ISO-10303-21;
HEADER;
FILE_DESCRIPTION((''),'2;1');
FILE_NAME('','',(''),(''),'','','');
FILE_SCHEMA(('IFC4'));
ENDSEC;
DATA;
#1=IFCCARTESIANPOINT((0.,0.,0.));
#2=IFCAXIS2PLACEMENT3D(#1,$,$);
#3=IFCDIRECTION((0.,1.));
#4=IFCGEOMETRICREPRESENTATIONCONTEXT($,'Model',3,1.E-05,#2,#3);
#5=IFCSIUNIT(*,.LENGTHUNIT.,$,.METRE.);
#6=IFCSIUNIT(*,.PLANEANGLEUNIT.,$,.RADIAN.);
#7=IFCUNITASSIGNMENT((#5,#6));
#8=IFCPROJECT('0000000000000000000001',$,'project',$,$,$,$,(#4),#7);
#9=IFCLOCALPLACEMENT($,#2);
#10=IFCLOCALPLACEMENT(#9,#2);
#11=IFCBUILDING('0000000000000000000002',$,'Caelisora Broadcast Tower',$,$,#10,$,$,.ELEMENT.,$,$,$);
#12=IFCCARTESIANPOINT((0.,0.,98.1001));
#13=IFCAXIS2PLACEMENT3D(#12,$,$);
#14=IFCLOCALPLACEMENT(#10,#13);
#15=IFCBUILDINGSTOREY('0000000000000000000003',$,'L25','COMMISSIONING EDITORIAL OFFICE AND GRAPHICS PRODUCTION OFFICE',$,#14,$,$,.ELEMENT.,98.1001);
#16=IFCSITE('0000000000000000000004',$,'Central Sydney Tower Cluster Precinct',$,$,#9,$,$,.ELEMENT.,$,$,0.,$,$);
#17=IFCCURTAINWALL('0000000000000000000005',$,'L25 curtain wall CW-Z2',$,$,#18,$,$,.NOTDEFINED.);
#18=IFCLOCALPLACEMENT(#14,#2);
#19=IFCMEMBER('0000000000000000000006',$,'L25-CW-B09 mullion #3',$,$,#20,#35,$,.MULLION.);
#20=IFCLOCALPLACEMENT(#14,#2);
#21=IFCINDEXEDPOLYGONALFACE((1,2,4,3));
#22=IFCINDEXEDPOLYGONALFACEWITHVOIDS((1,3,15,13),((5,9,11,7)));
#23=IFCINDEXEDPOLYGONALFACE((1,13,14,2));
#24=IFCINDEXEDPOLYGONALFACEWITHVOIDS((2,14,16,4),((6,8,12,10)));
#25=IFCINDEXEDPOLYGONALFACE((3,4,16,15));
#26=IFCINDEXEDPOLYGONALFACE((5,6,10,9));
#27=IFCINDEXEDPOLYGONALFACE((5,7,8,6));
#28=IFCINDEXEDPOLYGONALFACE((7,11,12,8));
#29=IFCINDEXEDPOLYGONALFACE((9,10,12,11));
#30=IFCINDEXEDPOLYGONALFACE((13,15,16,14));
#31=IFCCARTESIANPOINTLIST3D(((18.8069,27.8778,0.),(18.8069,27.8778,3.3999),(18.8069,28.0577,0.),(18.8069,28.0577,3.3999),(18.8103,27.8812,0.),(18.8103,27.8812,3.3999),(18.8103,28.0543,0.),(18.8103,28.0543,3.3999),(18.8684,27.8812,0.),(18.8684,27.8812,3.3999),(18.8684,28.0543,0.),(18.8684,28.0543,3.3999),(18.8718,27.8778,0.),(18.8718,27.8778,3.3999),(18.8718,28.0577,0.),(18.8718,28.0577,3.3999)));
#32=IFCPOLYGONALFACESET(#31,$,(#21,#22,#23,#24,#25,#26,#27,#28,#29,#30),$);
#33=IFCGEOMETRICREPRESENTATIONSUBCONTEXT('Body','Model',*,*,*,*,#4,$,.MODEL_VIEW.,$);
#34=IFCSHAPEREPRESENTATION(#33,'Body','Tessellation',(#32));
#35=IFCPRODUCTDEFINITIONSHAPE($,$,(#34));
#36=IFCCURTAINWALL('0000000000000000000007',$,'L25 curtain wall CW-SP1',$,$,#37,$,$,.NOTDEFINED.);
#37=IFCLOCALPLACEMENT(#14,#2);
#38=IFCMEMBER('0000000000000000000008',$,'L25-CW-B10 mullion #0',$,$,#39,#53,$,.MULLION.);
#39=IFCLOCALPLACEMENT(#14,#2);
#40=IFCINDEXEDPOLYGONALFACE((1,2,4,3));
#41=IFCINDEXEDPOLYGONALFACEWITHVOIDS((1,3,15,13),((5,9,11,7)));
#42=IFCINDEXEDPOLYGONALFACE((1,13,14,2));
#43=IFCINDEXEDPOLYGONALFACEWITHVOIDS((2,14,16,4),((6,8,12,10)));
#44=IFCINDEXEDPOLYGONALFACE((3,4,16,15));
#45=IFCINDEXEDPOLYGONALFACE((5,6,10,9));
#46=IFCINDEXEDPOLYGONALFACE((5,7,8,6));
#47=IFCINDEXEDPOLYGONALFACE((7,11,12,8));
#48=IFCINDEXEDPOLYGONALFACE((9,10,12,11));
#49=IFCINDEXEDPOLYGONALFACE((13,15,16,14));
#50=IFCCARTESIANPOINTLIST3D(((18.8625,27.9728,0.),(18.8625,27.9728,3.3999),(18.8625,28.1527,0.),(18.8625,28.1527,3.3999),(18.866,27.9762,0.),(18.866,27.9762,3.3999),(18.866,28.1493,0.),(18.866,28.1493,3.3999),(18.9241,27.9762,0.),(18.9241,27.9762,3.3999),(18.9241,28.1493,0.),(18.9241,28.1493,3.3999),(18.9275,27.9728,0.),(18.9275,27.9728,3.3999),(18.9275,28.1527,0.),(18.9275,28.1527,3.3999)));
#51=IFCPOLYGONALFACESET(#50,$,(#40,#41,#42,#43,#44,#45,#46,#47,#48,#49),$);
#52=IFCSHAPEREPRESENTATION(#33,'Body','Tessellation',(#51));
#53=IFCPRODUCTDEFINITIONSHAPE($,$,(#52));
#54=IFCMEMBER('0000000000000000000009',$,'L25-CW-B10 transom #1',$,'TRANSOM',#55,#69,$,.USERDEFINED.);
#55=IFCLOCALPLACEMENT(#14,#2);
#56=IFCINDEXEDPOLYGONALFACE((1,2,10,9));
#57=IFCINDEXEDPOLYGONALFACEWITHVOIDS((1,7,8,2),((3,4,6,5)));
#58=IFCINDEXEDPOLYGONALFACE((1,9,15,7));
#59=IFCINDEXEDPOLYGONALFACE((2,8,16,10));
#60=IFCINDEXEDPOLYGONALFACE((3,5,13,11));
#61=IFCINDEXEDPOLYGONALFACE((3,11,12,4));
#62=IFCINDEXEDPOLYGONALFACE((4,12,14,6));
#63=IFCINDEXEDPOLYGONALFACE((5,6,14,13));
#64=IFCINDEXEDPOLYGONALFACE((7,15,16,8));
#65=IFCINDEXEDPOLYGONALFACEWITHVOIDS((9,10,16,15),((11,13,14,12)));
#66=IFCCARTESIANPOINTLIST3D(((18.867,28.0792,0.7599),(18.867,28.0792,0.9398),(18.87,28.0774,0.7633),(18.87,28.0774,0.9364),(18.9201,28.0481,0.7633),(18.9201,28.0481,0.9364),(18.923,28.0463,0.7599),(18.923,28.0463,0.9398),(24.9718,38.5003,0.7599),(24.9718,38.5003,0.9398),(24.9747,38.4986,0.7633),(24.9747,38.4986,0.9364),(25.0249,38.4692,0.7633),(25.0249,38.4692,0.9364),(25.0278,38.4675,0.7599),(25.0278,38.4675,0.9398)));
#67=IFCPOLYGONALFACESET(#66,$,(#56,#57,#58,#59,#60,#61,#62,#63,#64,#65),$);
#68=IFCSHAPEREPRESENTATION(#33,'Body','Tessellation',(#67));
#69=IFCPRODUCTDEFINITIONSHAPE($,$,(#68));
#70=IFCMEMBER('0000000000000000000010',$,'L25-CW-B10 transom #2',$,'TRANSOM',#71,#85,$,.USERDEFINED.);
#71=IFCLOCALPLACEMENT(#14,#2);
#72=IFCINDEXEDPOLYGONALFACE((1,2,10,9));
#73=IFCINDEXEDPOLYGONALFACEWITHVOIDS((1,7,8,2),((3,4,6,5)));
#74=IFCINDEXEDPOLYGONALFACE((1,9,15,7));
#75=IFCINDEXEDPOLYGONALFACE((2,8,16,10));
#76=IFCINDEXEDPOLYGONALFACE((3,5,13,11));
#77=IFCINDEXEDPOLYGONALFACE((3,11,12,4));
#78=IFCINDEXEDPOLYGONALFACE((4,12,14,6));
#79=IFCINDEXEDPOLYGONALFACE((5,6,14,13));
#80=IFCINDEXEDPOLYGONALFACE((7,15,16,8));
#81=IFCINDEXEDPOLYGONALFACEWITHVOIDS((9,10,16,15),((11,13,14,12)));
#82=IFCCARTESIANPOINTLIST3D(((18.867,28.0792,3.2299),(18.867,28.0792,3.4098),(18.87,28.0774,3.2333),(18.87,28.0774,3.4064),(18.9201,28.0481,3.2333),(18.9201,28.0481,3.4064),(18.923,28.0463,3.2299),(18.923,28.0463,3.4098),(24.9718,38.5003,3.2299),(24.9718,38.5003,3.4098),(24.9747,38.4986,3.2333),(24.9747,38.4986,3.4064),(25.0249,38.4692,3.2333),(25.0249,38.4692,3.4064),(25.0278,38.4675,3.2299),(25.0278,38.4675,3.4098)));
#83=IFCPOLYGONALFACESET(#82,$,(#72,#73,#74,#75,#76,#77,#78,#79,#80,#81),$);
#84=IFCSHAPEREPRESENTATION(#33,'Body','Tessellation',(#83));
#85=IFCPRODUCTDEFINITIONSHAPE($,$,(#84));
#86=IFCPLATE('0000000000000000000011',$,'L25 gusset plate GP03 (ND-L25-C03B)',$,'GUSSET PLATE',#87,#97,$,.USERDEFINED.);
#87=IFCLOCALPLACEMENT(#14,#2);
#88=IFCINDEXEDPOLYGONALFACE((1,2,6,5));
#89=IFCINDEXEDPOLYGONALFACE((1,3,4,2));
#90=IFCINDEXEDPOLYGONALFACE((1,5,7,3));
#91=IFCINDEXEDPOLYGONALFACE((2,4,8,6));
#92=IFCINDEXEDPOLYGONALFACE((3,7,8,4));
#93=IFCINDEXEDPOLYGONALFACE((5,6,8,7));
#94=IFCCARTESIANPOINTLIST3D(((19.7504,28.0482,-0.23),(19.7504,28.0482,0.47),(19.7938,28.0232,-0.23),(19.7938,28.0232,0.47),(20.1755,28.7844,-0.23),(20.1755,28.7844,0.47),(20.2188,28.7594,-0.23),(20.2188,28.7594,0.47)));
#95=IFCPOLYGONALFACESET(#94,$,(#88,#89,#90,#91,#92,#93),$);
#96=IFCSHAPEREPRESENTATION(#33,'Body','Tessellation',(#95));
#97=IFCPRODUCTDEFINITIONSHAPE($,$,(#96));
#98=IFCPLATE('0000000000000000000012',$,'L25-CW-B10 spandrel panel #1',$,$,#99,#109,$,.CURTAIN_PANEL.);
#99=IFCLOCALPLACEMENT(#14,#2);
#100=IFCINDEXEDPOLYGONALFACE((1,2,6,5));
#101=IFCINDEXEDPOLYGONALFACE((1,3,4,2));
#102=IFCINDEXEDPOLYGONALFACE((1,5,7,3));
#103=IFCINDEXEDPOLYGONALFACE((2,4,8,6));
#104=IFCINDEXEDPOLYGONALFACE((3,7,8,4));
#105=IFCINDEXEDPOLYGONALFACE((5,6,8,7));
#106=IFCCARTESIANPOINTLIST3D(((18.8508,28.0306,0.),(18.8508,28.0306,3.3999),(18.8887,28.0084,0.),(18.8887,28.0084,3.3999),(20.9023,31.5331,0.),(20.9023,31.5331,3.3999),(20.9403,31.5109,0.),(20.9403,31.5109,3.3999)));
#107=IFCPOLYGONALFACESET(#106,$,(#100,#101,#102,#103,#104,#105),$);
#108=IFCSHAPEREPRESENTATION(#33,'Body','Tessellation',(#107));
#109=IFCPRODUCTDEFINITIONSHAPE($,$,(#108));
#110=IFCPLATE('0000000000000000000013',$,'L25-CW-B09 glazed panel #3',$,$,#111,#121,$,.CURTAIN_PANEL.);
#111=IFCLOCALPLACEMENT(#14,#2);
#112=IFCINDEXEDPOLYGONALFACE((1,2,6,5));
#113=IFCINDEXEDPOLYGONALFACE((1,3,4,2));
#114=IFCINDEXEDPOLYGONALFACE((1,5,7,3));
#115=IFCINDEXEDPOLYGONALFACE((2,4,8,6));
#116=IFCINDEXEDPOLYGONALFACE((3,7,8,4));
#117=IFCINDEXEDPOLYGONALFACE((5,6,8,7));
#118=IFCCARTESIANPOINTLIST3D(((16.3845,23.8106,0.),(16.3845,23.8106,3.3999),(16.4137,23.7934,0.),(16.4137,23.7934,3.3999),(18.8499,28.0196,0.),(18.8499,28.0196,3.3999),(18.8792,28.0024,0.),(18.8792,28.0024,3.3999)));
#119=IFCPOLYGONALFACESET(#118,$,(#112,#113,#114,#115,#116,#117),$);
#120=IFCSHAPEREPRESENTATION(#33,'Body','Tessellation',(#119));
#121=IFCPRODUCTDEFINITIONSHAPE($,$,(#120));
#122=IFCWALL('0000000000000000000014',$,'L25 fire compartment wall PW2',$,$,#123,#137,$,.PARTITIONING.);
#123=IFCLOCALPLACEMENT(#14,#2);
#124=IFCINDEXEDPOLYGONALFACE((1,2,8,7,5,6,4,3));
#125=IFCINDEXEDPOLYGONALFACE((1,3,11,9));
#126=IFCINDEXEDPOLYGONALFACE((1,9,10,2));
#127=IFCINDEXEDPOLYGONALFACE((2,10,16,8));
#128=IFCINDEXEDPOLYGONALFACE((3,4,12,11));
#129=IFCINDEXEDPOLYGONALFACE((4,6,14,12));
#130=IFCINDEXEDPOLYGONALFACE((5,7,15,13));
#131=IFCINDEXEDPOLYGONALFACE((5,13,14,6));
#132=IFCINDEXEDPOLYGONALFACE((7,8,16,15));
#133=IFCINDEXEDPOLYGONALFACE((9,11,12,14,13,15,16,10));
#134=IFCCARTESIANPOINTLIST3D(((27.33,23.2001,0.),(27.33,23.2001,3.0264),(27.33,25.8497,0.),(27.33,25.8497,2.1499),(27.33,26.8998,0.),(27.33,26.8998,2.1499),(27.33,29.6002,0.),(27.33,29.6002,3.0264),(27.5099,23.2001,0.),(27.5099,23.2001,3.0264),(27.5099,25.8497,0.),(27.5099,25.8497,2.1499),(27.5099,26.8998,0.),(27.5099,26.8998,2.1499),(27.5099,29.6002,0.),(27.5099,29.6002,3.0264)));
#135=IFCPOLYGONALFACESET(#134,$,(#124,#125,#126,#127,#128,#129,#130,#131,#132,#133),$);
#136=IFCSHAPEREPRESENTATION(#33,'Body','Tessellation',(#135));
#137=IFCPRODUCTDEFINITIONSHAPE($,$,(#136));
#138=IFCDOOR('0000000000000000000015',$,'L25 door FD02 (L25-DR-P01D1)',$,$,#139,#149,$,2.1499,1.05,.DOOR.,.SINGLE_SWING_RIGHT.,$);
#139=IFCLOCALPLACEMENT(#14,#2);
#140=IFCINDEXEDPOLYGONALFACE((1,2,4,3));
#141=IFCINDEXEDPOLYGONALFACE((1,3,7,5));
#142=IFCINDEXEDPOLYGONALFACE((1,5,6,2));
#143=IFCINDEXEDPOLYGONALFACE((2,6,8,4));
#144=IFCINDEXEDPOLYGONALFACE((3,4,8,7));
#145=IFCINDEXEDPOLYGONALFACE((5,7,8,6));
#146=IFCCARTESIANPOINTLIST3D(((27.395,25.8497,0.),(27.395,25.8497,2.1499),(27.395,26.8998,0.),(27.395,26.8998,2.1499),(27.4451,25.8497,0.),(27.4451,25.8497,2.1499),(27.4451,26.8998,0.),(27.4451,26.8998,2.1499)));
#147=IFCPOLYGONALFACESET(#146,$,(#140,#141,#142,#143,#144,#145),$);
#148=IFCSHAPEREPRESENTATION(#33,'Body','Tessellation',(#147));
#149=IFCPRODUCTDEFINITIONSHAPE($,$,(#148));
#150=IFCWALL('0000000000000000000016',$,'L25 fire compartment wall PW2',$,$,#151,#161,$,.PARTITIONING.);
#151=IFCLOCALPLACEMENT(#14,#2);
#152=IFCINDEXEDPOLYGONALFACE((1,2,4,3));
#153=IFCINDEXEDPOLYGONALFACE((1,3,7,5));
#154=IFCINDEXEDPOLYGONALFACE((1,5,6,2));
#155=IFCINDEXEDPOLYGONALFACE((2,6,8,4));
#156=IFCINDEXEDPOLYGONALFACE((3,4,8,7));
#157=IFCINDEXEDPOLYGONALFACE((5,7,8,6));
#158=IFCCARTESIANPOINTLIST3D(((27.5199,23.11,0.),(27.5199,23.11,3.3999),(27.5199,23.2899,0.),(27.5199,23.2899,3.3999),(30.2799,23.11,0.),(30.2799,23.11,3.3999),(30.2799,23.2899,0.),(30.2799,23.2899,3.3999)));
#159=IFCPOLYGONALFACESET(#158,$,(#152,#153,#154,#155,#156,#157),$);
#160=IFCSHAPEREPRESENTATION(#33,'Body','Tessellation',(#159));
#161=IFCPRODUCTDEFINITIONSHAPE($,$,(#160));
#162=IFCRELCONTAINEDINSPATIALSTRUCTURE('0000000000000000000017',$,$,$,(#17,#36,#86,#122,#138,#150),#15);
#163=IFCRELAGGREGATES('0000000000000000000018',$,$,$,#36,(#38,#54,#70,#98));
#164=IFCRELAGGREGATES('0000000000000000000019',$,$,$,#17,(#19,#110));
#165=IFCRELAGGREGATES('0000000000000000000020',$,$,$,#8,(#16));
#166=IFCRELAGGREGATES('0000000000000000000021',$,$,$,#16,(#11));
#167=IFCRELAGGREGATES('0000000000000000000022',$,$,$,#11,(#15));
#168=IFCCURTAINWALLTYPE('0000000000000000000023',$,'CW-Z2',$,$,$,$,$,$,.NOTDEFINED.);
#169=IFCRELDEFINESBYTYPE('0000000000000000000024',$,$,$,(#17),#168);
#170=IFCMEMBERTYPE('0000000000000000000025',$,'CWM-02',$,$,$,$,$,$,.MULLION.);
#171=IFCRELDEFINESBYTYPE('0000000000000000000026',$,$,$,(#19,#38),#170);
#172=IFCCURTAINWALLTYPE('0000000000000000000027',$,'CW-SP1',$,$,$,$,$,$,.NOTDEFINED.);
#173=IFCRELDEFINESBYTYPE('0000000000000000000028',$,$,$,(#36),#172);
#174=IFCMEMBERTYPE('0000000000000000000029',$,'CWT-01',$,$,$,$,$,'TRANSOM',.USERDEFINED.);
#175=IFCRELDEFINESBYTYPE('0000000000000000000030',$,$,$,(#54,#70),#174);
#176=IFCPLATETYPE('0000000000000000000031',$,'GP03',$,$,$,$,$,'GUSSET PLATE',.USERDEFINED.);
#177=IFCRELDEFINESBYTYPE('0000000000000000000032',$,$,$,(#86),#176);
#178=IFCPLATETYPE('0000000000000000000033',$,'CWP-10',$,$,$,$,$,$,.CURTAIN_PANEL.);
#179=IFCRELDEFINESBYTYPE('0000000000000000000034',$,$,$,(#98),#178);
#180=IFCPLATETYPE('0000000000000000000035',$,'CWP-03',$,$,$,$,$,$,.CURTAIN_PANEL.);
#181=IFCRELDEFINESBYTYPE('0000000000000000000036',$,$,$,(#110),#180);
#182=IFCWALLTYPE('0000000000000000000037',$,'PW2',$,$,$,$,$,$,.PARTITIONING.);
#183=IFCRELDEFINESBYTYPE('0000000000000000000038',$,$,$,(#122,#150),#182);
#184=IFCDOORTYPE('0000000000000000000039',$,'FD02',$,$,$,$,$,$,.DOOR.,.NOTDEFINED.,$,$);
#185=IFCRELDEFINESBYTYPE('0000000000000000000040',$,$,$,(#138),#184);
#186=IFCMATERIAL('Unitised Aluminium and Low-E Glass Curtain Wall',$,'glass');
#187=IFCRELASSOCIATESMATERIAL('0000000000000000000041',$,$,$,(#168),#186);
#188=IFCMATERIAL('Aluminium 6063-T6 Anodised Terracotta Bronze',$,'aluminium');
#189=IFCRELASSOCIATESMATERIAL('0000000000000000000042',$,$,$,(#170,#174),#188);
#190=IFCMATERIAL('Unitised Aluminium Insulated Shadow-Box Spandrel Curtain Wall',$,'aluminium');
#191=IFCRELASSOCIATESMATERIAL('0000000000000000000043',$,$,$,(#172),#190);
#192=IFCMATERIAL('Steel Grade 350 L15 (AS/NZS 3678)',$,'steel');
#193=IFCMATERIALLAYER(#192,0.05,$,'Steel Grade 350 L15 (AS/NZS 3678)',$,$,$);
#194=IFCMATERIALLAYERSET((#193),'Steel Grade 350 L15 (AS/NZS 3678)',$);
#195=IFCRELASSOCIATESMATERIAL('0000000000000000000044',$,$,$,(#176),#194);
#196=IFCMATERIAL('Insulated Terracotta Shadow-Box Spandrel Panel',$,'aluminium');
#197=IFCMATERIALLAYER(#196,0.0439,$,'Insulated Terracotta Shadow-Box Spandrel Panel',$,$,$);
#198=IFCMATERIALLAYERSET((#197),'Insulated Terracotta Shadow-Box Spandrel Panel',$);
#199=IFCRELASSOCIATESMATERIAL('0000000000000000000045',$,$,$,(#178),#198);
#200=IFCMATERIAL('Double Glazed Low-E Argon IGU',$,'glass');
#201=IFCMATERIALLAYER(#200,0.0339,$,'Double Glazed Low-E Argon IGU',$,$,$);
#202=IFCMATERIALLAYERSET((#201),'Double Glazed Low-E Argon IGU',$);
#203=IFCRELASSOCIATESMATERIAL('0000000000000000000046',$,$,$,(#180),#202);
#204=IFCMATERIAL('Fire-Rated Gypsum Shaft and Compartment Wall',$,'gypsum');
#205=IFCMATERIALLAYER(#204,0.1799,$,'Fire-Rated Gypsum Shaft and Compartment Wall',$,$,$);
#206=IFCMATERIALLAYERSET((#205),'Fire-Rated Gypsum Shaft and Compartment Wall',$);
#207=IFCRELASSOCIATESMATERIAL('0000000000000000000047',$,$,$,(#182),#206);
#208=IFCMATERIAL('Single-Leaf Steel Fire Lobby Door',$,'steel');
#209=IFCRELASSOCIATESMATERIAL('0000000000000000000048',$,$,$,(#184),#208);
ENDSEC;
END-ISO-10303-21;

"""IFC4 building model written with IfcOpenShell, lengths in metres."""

from ifc_helpers import new_model, si_unit, direction, frame, frame_2d, origin, origin_2d, place, context, subcontext, project, spatial, rectangle, hollow_rectangle, extrude, source, transform, mapped, material, layer, layer_set, material_profile, profile_set, type_object, type_shapes, element, fill, aggregate, save


model = new_model("IFC4")

# Units and contexts
model_context = context("Model", 3, precision=1e-05, world=origin(), true_north=direction((0.0, 1.0)))
body_context = subcontext(model_context, "Body", "Model", "MODEL_VIEW")
ifc_project = project(units=[si_unit("LENGTHUNIT", "METRE"), si_unit("PLANEANGLEUNIT", "RADIAN")], contexts=[model_context])

# Site, building, storey
site_placement = place(None, origin())
site = spatial("IfcSite", under=ifc_project, at=site_placement, Name="Central Sydney Tower Cluster Precinct", CompositionType="ELEMENT", RefElevation=0.0)
building_placement = place(site_placement, origin())
building = spatial("IfcBuilding", under=site, at=building_placement, Name="Caelisora Broadcast Tower", CompositionType="ELEMENT")
storey_placement = place(building_placement, frame((0.0, 0.0, 98.1001)))
storey = spatial("IfcBuildingStorey", under=building, at=storey_placement, Name="L25", Description="COMMISSIONING EDITORIAL OFFICE AND GRAPHICS PRODUCTION OFFICE", CompositionType="ELEMENT", Elevation=98.1001)

# Shared definitions
ifc_material_1 = material(Name="Steel Grade 350 L15 (AS/NZS 3678)", Category="steel")

# Curtain walls, members
ifc_material_2 = material(Name="Unitised Aluminium and Low-E Glass Curtain Wall", Category="glass")
curtain_wall_type_1 = type_object("IfcCurtainWallType", Name="CW-Z2", PredefinedType="NOTDEFINED", material=ifc_material_2)
curtain_wall_1_placement = place(storey_placement, origin())
curtain_wall_1 = element("IfcCurtainWall", 1, at=curtain_wall_1_placement, inside=storey, type_object=curtain_wall_type_1, Name="L25 curtain wall CW-Z2", PredefinedType="NOTDEFINED")
ifc_material_3 = material(Name="Aluminium 6063-T6 Anodised Terracotta Bronze", Category="aluminium")
ifc_material_profile_1 = material_profile(ifc_material_3, hollow_rectangle(XDim=0.0649, YDim=0.1799, WallThickness=0.0034, at=origin_2d()), Name="Aluminium 6063-T6 Anodised Terracotta Bronze")
ifc_profile_set_1 = profile_set([ifc_material_profile_1], Name="Aluminium 6063-T6 Anodised Terracotta Bronze")
member_type_1 = type_object("IfcMemberType", Name="CWM-02", PredefinedType="MULLION", material=ifc_profile_set_1)
shared_shape_1 = source(origin(), body_context, "Body", "SweptSolid", [
    extrude(hollow_rectangle(XDim=0.0649, YDim=0.1799, WallThickness=0.0034, at=origin_2d()), origin(), (0.0, 0.0, 1.0), 3.3999),
])
type_shapes(member_type_1, [shared_shape_1])
member_1_placement = place(storey_placement, frame((18.8394, 27.9678, 0.0), z_axis=(0.0, 0.0, 1.0), x_axis=(1.0, 0.0, 0.0)))
member_1 = element("IfcMember", 2, at=member_1_placement, type_object=member_type_1, Name="L25-CW-B09 mullion #3", PredefinedType="MULLION", context=body_context, shape_type="MappedRepresentation", body=[
    mapped(shared_shape_1, transform((0.0, 0.0, 0.0), scale=1.0)),
])
ifc_material_4 = material(Name="Unitised Aluminium Insulated Shadow-Box Spandrel Curtain Wall", Category="aluminium")
curtain_wall_type_2 = type_object("IfcCurtainWallType", Name="CW-SP1", PredefinedType="NOTDEFINED", material=ifc_material_4)
curtain_wall_2_placement = place(storey_placement, origin())
curtain_wall_2 = element("IfcCurtainWall", 3, at=curtain_wall_2_placement, inside=storey, type_object=curtain_wall_type_2, Name="L25 curtain wall CW-SP1", PredefinedType="NOTDEFINED")
member_2_placement = place(storey_placement, frame((18.895, 28.0627, 0.0), z_axis=(0.0, 0.0, 1.0), x_axis=(1.0, 0.0, 0.0)))
member_2 = element("IfcMember", 4, at=member_2_placement, type_object=member_type_1, Name="L25-CW-B10 mullion #0", PredefinedType="MULLION", context=body_context, shape_type="MappedRepresentation", body=[
    mapped(shared_shape_1, transform((0.0, 0.0, 0.0), scale=1.0)),
])
ifc_material_profile_2 = material_profile(ifc_material_3, hollow_rectangle(XDim=0.0649, YDim=0.1799, WallThickness=0.0034, at=origin_2d()), Name="Aluminium 6063-T6 Anodised Terracotta Bronze")
ifc_profile_set_2 = profile_set([ifc_material_profile_2], Name="Aluminium 6063-T6 Anodised Terracotta Bronze")
member_type_2 = type_object("IfcMemberType", Name="CWT-01", ElementType="TRANSOM", PredefinedType="USERDEFINED", material=ifc_profile_set_2)
shared_shape_2 = source(origin(), body_context, "Body", "SweptSolid", [
    extrude(hollow_rectangle(XDim=0.0649, YDim=0.1799, WallThickness=0.0034, at=origin_2d()), origin(), (0.0, 0.0, 1.0), 12.0776),
])
type_shapes(member_type_2, [shared_shape_2])
member_3_placement = place(storey_placement, frame((18.895, 28.0627, 0.8499), z_axis=(0.50546, 0.86285, 0.0), x_axis=(-0.86285, 0.50546, 0.0)))
member_3 = element("IfcMember", 5, at=member_3_placement, type_object=member_type_2, Name="L25-CW-B10 transom #1", ObjectType="TRANSOM", PredefinedType="USERDEFINED", context=body_context, shape_type="MappedRepresentation", body=[
    mapped(shared_shape_2, transform((0.0, 0.0, 0.0), scale=1.0)),
])
member_4_placement = place(storey_placement, frame((18.895, 28.0627, 3.3198), z_axis=(0.50546, 0.86285, 0.0), x_axis=(-0.86285, 0.50546, 0.0)))
member_4 = element("IfcMember", 6, at=member_4_placement, type_object=member_type_2, Name="L25-CW-B10 transom #2", ObjectType="TRANSOM", PredefinedType="USERDEFINED", context=body_context, shape_type="MappedRepresentation", body=[
    mapped(shared_shape_2, transform((0.0, 0.0, 0.0), scale=1.0)),
])

# Plates
ifc_layer_1 = layer(ifc_material_1, 0.05, Name="Steel Grade 350 L15 (AS/NZS 3678)")
ifc_layer_set_1 = layer_set([ifc_layer_1], Name="Steel Grade 350 L15 (AS/NZS 3678)")
plate_type_1 = type_object("IfcPlateType", Name="GP03", ElementType="GUSSET PLATE", PredefinedType="USERDEFINED", material=ifc_layer_set_1)
shared_shape_3 = source(origin(), body_context, "Body", "SweptSolid", [
    extrude(rectangle(XDim=0.8501, YDim=0.05, at=origin_2d()), origin(), (0.0, 0.0, 1.0), 0.7),
])
type_shapes(plate_type_1, [shared_shape_3])
plate_1_placement = place(storey_placement, frame((19.9846, 28.4038, -0.23), z_axis=(0.0, 0.0, 1.0), x_axis=(-0.5, -0.866025, 0.0)))
element("IfcPlate", 7, at=plate_1_placement, inside=storey, type_object=plate_type_1, Name="L25 gusset plate GP03 (ND-L25-C03B)", ObjectType="GUSSET PLATE", PredefinedType="USERDEFINED", context=body_context, shape_type="MappedRepresentation", body=[
    mapped(shared_shape_3, transform((0.0, 0.0, 0.0), scale=1.0)),
])
ifc_material_5 = material(Name="Insulated Terracotta Shadow-Box Spandrel Panel", Category="aluminium")
ifc_layer_2 = layer(ifc_material_5, 0.0439, Name="Insulated Terracotta Shadow-Box Spandrel Panel")
ifc_layer_set_2 = layer_set([ifc_layer_2], Name="Insulated Terracotta Shadow-Box Spandrel Panel")
plate_type_2 = type_object("IfcPlateType", Name="CWP-10", PredefinedType="CURTAIN_PANEL", material=ifc_layer_set_2)
shared_shape_4 = source(origin(), body_context, "Body", "SweptSolid", [
    extrude(rectangle(XDim=4.0591, YDim=0.0439, at=origin_2d()), origin(), (0.0, 0.0, 1.0), 3.3999),
])
type_shapes(plate_type_2, [shared_shape_4])
plate_2_placement = place(storey_placement, frame((19.8955, 29.7708, 0.0), z_axis=(0.0, 0.0, 1.0), x_axis=(0.505431, 0.862867, 0.0)))
plate_2 = element("IfcPlate", 8, at=plate_2_placement, type_object=plate_type_2, Name="L25-CW-B10 spandrel panel #1", PredefinedType="CURTAIN_PANEL", context=body_context, shape_type="MappedRepresentation", body=[
    mapped(shared_shape_4, transform((0.0, 0.0, 0.0), scale=1.0)),
])
aggregate(curtain_wall_2, [member_2, member_3, member_4, plate_2])
ifc_material_6 = material(Name="Double Glazed Low-E Argon IGU", Category="glass")
ifc_layer_3 = layer(ifc_material_6, 0.0339, Name="Double Glazed Low-E Argon IGU")
ifc_layer_set_3 = layer_set([ifc_layer_3], Name="Double Glazed Low-E Argon IGU")
plate_type_3 = type_object("IfcPlateType", Name="CWP-03", PredefinedType="CURTAIN_PANEL", material=ifc_layer_set_3)
shared_shape_5 = source(origin(), body_context, "Body", "SweptSolid", [
    extrude(rectangle(XDim=4.8779, YDim=0.0339, at=origin_2d()), origin(), (0.0, 0.0, 1.0), 3.3999),
])
type_shapes(plate_type_3, [shared_shape_5])
plate_3_placement = place(storey_placement, frame((17.6318, 25.9065, 0.0), z_axis=(0.0, 0.0, 1.0), x_axis=(0.505431, 0.862867, 0.0)))
plate_3 = element("IfcPlate", 9, at=plate_3_placement, type_object=plate_type_3, Name="L25-CW-B09 glazed panel #3", PredefinedType="CURTAIN_PANEL", context=body_context, shape_type="MappedRepresentation", body=[
    mapped(shared_shape_5, transform((0.0, 0.0, 0.0), scale=1.0)),
])
aggregate(curtain_wall_1, [member_1, plate_3])

# Wall, opening, door
ifc_material_7 = material(Name="Fire-Rated Gypsum Shaft and Compartment Wall", Category="gypsum")
ifc_layer_4 = layer(ifc_material_7, 0.1799, Name="Fire-Rated Gypsum Shaft and Compartment Wall")
ifc_layer_set_4 = layer_set([ifc_layer_4], Name="Fire-Rated Gypsum Shaft and Compartment Wall")
wall_type_1 = type_object("IfcWallType", Name="PW2", PredefinedType="PARTITIONING", material=ifc_layer_set_4)
wall_1_placement = place(storey_placement, frame((27.4199, 23.2, 0.0), z_axis=(0.0, 0.0, 1.0), x_axis=(0.0, 1.0, 0.0)))
wall_1 = element("IfcWall", 10, at=wall_1_placement, inside=storey, type_object=wall_type_1, Name="L25 fire compartment wall PW2", PredefinedType="PARTITIONING", context=body_context, shape_type="SweptSolid", body=[
    extrude(rectangle(XDim=6.4001, YDim=0.1799, at=frame_2d((3.2002, 0.0))), origin(), (0.0, 0.0, 1.0), 3.0264),
])
opening_1_placement = place(wall_1_placement, frame((2.6499, 0.0, 0.0)))
opening_1 = element("IfcOpeningElement", 11, at=opening_1_placement, cuts=wall_1, PredefinedType="OPENING", context=body_context, shape_type="SweptSolid", body=[
    extrude(rectangle(XDim=1.05, YDim=2.1499, at=frame_2d((0.5249, 1.075))), frame((0.0, 0.1021, 0.0), z_axis=(0.0, -1.0, 0.0), x_axis=(1.0, 0.0, 0.0)), (0.0, 0.0, 1.0), 0.2039),
])
ifc_material_8 = material(Name="Single-Leaf Steel Fire Lobby Door", Category="steel")
door_type_1 = type_object("IfcDoorType", Name="FD02", OperationType="NOTDEFINED", PredefinedType="DOOR", material=ifc_material_8)
door_1_placement = place(opening_1_placement, origin())
door_1 = element("IfcDoor", 12, at=door_1_placement, inside=storey, type_object=door_type_1, Name="L25 door FD02 (L25-DR-P01D1)", OperationType="SINGLE_SWING_RIGHT", OverallHeight=2.1499, OverallWidth=1.05, PredefinedType="DOOR", context=body_context, shape_type="SweptSolid", body=[
    extrude(rectangle(XDim=1.05, YDim=2.1499, at=frame_2d((0.5249, 1.075))), frame((0.0, 0.0249, 0.0), z_axis=(0.0, -1.0, 0.0), x_axis=(1.0, 0.0, 0.0)), (0.0, 0.0, 1.0), 0.05),
])
fill(opening_1, door_1)

# Wall
wall_2_placement = place(storey_placement, frame((27.52, 23.2, 0.0), z_axis=(0.0, 0.0, 1.0), x_axis=(1.0, 0.0, 0.0)))
element("IfcWall", 13, at=wall_2_placement, inside=storey, type_object=wall_type_1, Name="L25 fire compartment wall PW2", PredefinedType="PARTITIONING", context=body_context, shape_type="SweptSolid", body=[
    extrude(rectangle(XDim=2.76, YDim=0.1799, at=frame_2d((1.3799, 0.0))), origin(), (0.0, 0.0, 1.0), 3.3999),
])

save(model, "model.ifc")
